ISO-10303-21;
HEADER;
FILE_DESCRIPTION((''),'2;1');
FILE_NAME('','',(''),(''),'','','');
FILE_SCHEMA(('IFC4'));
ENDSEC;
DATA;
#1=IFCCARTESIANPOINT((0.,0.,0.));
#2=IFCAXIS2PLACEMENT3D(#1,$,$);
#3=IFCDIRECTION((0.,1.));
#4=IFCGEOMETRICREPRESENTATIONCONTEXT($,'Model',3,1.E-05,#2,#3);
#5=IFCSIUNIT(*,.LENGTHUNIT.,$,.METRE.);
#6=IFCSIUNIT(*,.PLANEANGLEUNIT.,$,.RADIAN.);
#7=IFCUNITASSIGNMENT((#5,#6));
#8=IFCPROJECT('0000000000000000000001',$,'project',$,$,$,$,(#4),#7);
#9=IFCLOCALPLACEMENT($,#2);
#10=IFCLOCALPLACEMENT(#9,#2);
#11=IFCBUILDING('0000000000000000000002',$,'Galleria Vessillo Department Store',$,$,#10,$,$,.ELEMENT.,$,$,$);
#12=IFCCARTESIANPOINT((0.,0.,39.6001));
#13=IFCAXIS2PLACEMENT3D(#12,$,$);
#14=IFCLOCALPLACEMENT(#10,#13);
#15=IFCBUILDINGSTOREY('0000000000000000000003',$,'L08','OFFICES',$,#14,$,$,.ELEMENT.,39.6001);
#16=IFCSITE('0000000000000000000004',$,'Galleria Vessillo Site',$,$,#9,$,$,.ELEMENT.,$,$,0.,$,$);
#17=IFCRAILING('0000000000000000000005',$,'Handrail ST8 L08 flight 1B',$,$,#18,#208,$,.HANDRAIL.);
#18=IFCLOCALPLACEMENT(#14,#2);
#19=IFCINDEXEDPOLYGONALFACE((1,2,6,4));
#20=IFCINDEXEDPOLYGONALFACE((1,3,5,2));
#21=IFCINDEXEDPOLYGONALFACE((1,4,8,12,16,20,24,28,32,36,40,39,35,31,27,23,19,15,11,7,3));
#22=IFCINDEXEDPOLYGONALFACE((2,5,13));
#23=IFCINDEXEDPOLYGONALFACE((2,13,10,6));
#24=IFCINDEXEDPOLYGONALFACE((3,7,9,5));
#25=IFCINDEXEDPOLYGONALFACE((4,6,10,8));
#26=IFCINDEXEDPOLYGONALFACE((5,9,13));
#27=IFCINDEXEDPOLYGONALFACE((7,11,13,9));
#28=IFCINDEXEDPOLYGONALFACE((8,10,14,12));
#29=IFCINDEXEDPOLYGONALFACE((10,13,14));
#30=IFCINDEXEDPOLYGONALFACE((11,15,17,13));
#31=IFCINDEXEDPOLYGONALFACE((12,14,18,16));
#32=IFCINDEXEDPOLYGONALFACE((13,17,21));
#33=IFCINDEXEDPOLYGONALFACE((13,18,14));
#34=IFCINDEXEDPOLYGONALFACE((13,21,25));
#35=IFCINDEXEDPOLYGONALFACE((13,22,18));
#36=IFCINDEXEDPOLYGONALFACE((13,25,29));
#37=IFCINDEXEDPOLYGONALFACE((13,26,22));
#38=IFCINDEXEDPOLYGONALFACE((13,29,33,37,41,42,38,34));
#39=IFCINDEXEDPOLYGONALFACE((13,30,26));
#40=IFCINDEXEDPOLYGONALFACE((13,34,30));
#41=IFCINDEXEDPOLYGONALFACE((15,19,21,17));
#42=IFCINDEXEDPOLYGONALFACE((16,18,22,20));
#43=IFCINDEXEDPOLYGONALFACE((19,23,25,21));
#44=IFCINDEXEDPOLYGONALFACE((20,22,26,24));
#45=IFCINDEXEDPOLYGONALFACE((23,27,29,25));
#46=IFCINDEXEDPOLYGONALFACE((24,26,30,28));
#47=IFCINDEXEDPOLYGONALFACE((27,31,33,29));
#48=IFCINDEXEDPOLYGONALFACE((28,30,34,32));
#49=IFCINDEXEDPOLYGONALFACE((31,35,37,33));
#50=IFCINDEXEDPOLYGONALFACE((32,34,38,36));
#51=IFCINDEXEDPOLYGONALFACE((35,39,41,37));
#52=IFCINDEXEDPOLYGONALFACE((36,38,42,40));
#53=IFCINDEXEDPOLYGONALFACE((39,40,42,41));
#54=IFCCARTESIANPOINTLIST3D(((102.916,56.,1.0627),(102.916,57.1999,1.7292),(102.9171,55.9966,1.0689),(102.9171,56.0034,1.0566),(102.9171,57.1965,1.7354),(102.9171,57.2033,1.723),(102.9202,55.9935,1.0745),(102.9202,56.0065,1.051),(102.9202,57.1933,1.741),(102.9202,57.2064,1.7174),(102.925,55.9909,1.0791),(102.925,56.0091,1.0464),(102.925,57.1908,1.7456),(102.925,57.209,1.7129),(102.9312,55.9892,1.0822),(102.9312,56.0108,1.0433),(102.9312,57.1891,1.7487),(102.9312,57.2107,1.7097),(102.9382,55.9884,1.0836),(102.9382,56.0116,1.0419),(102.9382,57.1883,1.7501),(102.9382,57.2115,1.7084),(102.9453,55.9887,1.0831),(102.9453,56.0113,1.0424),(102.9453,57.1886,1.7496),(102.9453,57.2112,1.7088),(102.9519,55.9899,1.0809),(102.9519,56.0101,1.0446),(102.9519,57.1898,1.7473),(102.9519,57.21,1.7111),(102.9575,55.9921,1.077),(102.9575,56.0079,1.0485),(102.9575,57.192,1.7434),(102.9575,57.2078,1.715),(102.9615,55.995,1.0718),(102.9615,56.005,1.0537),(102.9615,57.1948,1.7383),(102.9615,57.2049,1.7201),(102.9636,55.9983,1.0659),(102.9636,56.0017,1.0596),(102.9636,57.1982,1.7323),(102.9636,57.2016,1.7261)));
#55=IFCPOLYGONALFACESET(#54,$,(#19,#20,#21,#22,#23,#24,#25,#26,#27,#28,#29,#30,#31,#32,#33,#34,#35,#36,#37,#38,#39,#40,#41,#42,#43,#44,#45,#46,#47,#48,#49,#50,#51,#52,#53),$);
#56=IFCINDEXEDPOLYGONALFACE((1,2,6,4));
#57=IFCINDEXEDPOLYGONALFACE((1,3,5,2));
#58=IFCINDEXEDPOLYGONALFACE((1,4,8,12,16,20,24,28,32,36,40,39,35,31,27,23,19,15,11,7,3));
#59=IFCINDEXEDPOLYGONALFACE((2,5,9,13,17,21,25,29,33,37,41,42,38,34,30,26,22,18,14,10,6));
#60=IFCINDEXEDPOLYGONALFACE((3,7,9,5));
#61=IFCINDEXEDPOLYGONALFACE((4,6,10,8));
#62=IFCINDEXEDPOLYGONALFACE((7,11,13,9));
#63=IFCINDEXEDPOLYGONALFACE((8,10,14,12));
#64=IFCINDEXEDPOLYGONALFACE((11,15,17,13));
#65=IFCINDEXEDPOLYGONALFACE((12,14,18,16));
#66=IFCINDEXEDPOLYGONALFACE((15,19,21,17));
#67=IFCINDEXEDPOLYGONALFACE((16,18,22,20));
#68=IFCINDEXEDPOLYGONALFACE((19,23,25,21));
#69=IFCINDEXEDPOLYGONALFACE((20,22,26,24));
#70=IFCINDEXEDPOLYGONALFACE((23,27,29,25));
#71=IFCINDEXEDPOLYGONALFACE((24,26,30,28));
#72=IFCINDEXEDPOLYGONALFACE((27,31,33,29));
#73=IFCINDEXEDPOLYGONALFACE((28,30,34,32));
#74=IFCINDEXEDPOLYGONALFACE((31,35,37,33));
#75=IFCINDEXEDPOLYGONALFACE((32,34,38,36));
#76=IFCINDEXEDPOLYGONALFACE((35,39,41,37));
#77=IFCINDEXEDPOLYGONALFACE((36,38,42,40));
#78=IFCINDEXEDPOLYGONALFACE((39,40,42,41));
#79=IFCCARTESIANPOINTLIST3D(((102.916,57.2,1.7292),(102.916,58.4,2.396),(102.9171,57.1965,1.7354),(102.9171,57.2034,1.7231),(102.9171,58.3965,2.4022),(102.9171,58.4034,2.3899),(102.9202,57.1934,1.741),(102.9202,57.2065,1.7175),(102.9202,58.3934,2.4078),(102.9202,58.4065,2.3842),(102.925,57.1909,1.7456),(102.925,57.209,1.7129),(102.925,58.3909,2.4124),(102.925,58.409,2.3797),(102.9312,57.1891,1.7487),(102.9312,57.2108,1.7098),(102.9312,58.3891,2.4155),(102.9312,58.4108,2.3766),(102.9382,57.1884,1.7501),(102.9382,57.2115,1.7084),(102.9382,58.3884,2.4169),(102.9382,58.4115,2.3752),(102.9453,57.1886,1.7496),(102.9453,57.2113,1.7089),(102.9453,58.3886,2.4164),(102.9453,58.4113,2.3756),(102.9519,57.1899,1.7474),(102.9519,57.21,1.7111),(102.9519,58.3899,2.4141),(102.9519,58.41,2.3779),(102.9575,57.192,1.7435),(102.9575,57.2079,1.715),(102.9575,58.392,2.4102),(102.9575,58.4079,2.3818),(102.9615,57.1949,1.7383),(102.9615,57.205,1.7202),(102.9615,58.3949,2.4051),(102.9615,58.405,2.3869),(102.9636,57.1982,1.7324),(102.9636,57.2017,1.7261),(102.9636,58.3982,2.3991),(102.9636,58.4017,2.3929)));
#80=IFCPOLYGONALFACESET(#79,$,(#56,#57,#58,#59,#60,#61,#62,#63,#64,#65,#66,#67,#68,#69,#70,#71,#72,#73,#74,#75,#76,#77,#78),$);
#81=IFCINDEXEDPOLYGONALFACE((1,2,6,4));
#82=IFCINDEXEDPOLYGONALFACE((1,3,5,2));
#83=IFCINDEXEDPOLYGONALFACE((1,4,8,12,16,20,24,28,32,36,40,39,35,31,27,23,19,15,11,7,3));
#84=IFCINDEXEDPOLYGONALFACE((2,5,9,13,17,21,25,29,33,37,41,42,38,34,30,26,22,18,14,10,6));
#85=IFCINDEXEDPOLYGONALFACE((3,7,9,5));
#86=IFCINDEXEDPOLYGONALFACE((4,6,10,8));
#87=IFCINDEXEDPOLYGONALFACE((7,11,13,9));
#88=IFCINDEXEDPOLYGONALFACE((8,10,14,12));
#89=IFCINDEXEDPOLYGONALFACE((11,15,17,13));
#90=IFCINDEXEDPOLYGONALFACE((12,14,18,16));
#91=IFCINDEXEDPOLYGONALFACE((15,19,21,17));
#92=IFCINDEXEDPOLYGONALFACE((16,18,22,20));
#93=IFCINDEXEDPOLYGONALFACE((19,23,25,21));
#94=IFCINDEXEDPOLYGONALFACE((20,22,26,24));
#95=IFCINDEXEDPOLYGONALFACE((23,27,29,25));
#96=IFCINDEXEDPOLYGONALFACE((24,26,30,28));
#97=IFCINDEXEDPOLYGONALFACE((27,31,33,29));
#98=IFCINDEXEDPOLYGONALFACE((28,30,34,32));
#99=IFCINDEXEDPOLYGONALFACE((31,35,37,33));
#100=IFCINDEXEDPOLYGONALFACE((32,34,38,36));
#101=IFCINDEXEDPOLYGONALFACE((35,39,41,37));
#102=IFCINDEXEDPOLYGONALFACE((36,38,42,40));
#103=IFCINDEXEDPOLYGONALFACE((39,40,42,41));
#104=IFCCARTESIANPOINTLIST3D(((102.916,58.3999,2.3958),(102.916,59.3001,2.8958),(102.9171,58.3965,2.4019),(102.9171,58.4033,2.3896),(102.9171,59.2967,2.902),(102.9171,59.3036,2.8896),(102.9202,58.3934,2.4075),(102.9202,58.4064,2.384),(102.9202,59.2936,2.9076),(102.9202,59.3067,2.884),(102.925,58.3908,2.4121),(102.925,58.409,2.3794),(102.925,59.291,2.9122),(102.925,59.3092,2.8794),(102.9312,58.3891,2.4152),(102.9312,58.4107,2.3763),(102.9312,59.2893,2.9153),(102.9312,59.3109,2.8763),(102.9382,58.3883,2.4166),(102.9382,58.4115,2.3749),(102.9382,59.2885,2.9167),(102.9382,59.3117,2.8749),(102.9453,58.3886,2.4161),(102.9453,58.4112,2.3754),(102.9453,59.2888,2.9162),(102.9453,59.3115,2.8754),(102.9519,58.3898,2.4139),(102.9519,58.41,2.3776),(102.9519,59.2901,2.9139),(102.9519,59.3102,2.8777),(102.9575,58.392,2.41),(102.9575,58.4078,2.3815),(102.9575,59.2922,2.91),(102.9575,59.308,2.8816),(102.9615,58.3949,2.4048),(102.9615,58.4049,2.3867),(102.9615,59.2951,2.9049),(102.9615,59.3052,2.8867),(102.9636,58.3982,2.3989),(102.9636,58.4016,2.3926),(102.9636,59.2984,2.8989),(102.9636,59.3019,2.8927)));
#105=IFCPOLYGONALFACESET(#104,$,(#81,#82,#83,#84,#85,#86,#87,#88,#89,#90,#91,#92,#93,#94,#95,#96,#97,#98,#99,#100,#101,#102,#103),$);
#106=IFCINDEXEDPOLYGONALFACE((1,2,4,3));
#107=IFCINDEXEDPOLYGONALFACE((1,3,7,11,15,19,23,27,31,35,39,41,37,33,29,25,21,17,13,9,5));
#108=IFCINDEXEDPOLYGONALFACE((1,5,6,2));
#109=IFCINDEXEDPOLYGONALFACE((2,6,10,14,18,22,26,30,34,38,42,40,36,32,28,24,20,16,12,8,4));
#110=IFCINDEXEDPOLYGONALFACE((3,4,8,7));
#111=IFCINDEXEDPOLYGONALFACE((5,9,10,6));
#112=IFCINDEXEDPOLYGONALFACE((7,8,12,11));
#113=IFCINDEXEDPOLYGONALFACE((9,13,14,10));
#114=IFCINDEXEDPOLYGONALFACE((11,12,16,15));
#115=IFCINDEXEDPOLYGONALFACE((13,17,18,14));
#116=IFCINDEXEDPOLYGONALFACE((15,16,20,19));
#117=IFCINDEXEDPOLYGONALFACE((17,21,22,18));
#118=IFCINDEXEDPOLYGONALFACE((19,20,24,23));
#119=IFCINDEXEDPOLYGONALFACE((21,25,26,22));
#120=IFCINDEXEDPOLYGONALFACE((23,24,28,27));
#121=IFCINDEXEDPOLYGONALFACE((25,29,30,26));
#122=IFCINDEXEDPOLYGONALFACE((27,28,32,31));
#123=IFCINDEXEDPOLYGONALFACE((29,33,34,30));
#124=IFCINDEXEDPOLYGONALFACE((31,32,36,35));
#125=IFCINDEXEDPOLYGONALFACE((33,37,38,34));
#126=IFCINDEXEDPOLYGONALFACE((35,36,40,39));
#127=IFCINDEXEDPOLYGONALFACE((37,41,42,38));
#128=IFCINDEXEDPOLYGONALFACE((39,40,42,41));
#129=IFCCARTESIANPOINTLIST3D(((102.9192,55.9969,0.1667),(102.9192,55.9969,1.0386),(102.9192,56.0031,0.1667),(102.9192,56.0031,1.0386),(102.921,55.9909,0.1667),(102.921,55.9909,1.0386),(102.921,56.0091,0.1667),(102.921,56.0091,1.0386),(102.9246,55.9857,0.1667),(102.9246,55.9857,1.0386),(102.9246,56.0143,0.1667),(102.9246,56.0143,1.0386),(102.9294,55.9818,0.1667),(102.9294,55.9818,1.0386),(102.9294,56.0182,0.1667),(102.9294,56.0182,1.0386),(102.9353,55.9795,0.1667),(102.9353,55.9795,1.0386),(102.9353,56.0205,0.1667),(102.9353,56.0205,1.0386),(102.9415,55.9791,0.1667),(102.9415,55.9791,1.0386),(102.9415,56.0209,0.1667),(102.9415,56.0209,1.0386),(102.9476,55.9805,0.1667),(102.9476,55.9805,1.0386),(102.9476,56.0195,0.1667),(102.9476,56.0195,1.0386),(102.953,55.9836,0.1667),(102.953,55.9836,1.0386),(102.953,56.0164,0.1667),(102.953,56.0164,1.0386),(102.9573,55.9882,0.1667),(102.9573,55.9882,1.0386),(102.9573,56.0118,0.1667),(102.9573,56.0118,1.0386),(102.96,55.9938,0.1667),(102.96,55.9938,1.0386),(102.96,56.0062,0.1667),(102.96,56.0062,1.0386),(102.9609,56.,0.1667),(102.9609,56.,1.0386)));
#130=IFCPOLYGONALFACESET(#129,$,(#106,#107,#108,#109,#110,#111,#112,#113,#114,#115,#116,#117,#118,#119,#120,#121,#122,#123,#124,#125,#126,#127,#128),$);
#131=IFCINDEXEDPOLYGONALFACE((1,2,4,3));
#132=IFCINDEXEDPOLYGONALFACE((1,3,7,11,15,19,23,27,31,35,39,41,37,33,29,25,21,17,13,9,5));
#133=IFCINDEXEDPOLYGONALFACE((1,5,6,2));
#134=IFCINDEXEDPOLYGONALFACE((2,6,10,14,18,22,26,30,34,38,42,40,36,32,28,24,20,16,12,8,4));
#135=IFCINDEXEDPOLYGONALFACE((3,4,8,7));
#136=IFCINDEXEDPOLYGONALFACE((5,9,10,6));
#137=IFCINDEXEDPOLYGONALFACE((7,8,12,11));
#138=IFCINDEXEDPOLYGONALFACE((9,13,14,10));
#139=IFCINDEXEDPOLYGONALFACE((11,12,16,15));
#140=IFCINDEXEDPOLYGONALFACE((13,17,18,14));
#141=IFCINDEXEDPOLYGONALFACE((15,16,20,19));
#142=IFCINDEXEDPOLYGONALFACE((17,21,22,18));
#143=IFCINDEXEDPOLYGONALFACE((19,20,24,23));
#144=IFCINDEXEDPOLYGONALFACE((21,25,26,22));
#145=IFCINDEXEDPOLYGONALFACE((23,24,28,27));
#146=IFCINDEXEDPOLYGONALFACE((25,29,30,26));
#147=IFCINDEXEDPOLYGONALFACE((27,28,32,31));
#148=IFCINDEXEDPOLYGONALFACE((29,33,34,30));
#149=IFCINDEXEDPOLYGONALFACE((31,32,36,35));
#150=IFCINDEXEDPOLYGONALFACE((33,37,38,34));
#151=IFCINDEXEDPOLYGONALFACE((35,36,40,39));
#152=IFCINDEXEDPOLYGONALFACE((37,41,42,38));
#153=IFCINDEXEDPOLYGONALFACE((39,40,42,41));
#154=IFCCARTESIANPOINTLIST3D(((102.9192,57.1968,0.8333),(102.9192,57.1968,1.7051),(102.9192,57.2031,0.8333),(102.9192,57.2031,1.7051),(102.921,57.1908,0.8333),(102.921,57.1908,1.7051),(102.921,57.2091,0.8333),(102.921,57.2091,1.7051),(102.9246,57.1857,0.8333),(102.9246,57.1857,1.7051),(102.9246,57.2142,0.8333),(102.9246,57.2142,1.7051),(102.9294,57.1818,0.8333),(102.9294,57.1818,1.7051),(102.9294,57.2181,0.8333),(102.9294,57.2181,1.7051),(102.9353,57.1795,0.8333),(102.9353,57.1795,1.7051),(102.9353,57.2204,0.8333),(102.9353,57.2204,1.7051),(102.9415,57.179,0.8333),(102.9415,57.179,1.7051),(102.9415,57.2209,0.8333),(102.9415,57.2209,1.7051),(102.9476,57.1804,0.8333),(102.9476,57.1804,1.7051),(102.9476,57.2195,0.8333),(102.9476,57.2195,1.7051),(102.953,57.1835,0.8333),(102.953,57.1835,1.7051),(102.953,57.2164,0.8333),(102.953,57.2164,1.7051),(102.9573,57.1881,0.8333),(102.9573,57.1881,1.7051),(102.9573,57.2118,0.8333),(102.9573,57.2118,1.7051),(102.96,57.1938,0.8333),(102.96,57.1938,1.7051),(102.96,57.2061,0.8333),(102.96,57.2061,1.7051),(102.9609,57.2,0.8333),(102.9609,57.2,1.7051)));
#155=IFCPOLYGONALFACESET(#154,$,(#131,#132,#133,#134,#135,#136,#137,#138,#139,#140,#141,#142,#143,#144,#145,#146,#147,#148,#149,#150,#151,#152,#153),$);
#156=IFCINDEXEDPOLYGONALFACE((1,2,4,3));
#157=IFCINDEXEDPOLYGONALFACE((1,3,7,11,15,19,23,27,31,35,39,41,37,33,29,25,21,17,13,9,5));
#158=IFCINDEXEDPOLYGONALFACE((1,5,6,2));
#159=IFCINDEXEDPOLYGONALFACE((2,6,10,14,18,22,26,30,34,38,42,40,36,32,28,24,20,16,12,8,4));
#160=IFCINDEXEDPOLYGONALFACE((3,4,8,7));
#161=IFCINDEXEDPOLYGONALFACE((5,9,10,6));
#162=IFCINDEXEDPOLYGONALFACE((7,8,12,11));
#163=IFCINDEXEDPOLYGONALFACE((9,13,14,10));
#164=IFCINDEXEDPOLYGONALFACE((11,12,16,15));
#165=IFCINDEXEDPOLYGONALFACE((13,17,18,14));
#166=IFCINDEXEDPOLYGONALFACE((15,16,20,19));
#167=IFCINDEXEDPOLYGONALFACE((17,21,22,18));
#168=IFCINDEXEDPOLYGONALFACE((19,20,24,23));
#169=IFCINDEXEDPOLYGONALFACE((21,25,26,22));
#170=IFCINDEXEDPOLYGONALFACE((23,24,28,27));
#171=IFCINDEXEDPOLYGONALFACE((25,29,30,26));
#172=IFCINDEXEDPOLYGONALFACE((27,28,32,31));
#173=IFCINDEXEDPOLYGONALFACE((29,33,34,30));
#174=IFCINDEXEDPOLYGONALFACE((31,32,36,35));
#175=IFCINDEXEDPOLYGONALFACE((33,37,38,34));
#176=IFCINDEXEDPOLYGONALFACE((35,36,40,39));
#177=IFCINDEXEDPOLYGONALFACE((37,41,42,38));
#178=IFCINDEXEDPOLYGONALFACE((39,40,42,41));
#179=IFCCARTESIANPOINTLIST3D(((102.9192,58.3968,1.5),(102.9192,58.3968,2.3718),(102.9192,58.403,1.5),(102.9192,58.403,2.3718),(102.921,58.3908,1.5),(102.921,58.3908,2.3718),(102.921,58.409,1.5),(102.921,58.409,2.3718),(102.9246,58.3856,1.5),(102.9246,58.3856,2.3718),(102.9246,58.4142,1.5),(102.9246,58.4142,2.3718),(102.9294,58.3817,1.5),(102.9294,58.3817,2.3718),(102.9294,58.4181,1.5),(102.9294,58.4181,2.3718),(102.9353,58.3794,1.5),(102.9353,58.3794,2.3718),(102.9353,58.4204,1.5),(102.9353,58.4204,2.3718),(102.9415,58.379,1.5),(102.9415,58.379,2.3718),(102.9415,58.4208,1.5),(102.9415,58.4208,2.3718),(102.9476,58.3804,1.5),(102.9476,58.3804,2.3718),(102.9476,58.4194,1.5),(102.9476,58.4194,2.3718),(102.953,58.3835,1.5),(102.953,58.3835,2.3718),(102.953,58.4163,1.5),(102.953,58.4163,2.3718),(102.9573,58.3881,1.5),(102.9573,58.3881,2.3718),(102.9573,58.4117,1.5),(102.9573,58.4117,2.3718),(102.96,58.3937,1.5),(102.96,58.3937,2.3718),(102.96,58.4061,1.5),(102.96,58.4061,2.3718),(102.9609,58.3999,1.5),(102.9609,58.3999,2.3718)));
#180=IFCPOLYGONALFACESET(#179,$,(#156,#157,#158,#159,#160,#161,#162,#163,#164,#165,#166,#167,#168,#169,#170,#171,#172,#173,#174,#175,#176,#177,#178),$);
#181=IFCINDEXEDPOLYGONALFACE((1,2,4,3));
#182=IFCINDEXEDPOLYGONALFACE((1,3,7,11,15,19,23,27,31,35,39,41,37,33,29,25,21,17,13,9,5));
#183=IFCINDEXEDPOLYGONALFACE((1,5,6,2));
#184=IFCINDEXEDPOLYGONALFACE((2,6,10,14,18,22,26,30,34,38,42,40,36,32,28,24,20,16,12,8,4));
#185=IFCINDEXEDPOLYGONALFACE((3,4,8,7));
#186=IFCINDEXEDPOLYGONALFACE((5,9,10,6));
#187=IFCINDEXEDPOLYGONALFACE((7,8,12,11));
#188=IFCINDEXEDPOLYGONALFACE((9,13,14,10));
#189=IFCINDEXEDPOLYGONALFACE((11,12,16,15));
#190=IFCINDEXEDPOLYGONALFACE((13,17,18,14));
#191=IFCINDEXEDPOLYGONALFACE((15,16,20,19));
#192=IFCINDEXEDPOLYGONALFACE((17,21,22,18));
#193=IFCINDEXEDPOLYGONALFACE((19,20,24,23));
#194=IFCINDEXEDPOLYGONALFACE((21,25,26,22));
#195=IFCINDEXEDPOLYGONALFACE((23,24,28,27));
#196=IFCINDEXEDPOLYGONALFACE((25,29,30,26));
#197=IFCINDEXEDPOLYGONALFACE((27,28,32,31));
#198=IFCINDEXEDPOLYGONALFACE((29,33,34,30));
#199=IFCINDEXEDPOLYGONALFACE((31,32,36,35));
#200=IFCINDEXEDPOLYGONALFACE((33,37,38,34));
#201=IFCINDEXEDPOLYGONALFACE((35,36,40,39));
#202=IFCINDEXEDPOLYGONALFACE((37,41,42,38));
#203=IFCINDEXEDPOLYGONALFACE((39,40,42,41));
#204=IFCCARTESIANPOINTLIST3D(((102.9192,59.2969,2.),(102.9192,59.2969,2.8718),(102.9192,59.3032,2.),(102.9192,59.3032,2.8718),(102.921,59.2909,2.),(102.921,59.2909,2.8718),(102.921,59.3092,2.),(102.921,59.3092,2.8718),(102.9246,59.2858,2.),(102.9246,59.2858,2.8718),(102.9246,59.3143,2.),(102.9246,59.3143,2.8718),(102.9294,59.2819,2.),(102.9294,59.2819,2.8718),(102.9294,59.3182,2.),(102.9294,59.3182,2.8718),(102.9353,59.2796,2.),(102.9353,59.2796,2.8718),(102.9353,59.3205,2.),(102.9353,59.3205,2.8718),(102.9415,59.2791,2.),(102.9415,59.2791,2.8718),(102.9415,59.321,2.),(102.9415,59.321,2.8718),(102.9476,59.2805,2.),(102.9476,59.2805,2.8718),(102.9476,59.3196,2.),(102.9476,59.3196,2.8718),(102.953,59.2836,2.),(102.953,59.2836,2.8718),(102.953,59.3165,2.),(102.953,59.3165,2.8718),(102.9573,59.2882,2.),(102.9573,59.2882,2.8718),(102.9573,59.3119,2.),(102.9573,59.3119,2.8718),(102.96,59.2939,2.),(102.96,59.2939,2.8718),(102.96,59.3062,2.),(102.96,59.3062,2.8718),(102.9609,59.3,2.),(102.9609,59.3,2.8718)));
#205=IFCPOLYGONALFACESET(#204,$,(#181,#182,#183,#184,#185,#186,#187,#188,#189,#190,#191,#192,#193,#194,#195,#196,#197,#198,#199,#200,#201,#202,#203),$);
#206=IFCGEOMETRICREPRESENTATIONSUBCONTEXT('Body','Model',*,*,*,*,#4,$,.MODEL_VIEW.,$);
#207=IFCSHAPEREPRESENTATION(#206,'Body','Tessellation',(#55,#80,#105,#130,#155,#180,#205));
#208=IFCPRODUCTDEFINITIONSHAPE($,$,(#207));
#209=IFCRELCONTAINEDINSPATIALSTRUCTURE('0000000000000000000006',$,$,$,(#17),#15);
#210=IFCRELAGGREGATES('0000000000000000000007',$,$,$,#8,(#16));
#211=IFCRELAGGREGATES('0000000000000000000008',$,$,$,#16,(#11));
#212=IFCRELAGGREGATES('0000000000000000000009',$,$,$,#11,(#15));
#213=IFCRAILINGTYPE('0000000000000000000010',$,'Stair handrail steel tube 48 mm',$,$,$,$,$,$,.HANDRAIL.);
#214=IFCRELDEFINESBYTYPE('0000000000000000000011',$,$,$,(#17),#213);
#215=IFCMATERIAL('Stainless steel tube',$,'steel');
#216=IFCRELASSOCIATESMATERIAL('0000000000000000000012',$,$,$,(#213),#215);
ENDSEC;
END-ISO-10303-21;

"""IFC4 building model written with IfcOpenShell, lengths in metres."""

from ifc_helpers import new_model, si_unit, direction, frame, origin, origin_2d, place, context, subcontext, project, spatial, circle, extrude, material, type_object, element, save


model = new_model("IFC4")

# Units and contexts
model_context = context("Model", 3, precision=1e-05, world=origin(), true_north=direction((0.0, 1.0)))
body_context = subcontext(model_context, "Body", "Model", "MODEL_VIEW")
ifc_project = project(units=[si_unit("LENGTHUNIT", "METRE"), si_unit("PLANEANGLEUNIT", "RADIAN")], contexts=[model_context])

# Site, building, storey
site_placement = place(None, origin())
site = spatial("IfcSite", under=ifc_project, at=site_placement, Name="Galleria Vessillo Site", CompositionType="ELEMENT", RefElevation=0.0)
building_placement = place(site_placement, origin())
building = spatial("IfcBuilding", under=site, at=building_placement, Name="Galleria Vessillo Department Store", CompositionType="ELEMENT")
storey_placement = place(building_placement, frame((0.0, 0.0, 39.6001)))
storey = spatial("IfcBuildingStorey", under=building, at=storey_placement, Name="L08", Description="OFFICES", CompositionType="ELEMENT", Elevation=39.6001)

# Railing
ifc_material_1 = material(Name="Stainless steel tube", Category="steel")
railing_type = type_object("IfcRailingType", Name="Stair handrail steel tube 48 mm", PredefinedType="HANDRAIL", material=ifc_material_1)
for number, where, name in (
    (1, (102.9399, 56.0, 0.1667), "Handrail ST8 L08 flight 1B"),
):
    element("IfcRailing", number, at=place(storey_placement, frame(where)), inside=storey, type_object=railing_type, Name=name, PredefinedType="HANDRAIL", context=body_context, shape_type="SweptSolid", body=[
        extrude(circle(Radius=0.0239, at=origin_2d()), frame((0.0, 0.0, 0.896), z_axis=(0.0, 0.874199, 0.485567), x_axis=(-1.0, 0.0, 0.0)), (0.0, 0.0, 1.0), 1.3726),
        extrude(circle(Radius=0.0239, at=origin_2d()), frame((0.0, 1.2, 1.5625), z_axis=(0.0, 0.874124, 0.485703), x_axis=(-1.0, 0.0, 0.0)), (0.0, 0.0, 1.0), 1.3728),
        extrude(circle(Radius=0.0239, at=origin_2d()), frame((0.0, 2.3999, 2.229), z_axis=(0.0, 0.874191, 0.485583), x_axis=(-1.0, 0.0, 0.0)), (0.0, 0.0, 1.0), 1.0298),
        extrude(circle(Radius=0.021, at=origin_2d()), origin(), (0.0, 0.0, 1.0), 0.8718),
        extrude(circle(Radius=0.021, at=origin_2d()), frame((0.0, 1.2, 0.6665)), (0.0, 0.0, 1.0), 0.8718),
        extrude(circle(Radius=0.021, at=origin_2d()), frame((0.0, 2.3999, 1.3333)), (0.0, 0.0, 1.0), 0.8718),
        extrude(circle(Radius=0.021, at=origin_2d()), frame((0.0, 3.3, 1.8333)), (0.0, 0.0, 1.0), 0.8718),
    ])

save(model, "model.ifc")
